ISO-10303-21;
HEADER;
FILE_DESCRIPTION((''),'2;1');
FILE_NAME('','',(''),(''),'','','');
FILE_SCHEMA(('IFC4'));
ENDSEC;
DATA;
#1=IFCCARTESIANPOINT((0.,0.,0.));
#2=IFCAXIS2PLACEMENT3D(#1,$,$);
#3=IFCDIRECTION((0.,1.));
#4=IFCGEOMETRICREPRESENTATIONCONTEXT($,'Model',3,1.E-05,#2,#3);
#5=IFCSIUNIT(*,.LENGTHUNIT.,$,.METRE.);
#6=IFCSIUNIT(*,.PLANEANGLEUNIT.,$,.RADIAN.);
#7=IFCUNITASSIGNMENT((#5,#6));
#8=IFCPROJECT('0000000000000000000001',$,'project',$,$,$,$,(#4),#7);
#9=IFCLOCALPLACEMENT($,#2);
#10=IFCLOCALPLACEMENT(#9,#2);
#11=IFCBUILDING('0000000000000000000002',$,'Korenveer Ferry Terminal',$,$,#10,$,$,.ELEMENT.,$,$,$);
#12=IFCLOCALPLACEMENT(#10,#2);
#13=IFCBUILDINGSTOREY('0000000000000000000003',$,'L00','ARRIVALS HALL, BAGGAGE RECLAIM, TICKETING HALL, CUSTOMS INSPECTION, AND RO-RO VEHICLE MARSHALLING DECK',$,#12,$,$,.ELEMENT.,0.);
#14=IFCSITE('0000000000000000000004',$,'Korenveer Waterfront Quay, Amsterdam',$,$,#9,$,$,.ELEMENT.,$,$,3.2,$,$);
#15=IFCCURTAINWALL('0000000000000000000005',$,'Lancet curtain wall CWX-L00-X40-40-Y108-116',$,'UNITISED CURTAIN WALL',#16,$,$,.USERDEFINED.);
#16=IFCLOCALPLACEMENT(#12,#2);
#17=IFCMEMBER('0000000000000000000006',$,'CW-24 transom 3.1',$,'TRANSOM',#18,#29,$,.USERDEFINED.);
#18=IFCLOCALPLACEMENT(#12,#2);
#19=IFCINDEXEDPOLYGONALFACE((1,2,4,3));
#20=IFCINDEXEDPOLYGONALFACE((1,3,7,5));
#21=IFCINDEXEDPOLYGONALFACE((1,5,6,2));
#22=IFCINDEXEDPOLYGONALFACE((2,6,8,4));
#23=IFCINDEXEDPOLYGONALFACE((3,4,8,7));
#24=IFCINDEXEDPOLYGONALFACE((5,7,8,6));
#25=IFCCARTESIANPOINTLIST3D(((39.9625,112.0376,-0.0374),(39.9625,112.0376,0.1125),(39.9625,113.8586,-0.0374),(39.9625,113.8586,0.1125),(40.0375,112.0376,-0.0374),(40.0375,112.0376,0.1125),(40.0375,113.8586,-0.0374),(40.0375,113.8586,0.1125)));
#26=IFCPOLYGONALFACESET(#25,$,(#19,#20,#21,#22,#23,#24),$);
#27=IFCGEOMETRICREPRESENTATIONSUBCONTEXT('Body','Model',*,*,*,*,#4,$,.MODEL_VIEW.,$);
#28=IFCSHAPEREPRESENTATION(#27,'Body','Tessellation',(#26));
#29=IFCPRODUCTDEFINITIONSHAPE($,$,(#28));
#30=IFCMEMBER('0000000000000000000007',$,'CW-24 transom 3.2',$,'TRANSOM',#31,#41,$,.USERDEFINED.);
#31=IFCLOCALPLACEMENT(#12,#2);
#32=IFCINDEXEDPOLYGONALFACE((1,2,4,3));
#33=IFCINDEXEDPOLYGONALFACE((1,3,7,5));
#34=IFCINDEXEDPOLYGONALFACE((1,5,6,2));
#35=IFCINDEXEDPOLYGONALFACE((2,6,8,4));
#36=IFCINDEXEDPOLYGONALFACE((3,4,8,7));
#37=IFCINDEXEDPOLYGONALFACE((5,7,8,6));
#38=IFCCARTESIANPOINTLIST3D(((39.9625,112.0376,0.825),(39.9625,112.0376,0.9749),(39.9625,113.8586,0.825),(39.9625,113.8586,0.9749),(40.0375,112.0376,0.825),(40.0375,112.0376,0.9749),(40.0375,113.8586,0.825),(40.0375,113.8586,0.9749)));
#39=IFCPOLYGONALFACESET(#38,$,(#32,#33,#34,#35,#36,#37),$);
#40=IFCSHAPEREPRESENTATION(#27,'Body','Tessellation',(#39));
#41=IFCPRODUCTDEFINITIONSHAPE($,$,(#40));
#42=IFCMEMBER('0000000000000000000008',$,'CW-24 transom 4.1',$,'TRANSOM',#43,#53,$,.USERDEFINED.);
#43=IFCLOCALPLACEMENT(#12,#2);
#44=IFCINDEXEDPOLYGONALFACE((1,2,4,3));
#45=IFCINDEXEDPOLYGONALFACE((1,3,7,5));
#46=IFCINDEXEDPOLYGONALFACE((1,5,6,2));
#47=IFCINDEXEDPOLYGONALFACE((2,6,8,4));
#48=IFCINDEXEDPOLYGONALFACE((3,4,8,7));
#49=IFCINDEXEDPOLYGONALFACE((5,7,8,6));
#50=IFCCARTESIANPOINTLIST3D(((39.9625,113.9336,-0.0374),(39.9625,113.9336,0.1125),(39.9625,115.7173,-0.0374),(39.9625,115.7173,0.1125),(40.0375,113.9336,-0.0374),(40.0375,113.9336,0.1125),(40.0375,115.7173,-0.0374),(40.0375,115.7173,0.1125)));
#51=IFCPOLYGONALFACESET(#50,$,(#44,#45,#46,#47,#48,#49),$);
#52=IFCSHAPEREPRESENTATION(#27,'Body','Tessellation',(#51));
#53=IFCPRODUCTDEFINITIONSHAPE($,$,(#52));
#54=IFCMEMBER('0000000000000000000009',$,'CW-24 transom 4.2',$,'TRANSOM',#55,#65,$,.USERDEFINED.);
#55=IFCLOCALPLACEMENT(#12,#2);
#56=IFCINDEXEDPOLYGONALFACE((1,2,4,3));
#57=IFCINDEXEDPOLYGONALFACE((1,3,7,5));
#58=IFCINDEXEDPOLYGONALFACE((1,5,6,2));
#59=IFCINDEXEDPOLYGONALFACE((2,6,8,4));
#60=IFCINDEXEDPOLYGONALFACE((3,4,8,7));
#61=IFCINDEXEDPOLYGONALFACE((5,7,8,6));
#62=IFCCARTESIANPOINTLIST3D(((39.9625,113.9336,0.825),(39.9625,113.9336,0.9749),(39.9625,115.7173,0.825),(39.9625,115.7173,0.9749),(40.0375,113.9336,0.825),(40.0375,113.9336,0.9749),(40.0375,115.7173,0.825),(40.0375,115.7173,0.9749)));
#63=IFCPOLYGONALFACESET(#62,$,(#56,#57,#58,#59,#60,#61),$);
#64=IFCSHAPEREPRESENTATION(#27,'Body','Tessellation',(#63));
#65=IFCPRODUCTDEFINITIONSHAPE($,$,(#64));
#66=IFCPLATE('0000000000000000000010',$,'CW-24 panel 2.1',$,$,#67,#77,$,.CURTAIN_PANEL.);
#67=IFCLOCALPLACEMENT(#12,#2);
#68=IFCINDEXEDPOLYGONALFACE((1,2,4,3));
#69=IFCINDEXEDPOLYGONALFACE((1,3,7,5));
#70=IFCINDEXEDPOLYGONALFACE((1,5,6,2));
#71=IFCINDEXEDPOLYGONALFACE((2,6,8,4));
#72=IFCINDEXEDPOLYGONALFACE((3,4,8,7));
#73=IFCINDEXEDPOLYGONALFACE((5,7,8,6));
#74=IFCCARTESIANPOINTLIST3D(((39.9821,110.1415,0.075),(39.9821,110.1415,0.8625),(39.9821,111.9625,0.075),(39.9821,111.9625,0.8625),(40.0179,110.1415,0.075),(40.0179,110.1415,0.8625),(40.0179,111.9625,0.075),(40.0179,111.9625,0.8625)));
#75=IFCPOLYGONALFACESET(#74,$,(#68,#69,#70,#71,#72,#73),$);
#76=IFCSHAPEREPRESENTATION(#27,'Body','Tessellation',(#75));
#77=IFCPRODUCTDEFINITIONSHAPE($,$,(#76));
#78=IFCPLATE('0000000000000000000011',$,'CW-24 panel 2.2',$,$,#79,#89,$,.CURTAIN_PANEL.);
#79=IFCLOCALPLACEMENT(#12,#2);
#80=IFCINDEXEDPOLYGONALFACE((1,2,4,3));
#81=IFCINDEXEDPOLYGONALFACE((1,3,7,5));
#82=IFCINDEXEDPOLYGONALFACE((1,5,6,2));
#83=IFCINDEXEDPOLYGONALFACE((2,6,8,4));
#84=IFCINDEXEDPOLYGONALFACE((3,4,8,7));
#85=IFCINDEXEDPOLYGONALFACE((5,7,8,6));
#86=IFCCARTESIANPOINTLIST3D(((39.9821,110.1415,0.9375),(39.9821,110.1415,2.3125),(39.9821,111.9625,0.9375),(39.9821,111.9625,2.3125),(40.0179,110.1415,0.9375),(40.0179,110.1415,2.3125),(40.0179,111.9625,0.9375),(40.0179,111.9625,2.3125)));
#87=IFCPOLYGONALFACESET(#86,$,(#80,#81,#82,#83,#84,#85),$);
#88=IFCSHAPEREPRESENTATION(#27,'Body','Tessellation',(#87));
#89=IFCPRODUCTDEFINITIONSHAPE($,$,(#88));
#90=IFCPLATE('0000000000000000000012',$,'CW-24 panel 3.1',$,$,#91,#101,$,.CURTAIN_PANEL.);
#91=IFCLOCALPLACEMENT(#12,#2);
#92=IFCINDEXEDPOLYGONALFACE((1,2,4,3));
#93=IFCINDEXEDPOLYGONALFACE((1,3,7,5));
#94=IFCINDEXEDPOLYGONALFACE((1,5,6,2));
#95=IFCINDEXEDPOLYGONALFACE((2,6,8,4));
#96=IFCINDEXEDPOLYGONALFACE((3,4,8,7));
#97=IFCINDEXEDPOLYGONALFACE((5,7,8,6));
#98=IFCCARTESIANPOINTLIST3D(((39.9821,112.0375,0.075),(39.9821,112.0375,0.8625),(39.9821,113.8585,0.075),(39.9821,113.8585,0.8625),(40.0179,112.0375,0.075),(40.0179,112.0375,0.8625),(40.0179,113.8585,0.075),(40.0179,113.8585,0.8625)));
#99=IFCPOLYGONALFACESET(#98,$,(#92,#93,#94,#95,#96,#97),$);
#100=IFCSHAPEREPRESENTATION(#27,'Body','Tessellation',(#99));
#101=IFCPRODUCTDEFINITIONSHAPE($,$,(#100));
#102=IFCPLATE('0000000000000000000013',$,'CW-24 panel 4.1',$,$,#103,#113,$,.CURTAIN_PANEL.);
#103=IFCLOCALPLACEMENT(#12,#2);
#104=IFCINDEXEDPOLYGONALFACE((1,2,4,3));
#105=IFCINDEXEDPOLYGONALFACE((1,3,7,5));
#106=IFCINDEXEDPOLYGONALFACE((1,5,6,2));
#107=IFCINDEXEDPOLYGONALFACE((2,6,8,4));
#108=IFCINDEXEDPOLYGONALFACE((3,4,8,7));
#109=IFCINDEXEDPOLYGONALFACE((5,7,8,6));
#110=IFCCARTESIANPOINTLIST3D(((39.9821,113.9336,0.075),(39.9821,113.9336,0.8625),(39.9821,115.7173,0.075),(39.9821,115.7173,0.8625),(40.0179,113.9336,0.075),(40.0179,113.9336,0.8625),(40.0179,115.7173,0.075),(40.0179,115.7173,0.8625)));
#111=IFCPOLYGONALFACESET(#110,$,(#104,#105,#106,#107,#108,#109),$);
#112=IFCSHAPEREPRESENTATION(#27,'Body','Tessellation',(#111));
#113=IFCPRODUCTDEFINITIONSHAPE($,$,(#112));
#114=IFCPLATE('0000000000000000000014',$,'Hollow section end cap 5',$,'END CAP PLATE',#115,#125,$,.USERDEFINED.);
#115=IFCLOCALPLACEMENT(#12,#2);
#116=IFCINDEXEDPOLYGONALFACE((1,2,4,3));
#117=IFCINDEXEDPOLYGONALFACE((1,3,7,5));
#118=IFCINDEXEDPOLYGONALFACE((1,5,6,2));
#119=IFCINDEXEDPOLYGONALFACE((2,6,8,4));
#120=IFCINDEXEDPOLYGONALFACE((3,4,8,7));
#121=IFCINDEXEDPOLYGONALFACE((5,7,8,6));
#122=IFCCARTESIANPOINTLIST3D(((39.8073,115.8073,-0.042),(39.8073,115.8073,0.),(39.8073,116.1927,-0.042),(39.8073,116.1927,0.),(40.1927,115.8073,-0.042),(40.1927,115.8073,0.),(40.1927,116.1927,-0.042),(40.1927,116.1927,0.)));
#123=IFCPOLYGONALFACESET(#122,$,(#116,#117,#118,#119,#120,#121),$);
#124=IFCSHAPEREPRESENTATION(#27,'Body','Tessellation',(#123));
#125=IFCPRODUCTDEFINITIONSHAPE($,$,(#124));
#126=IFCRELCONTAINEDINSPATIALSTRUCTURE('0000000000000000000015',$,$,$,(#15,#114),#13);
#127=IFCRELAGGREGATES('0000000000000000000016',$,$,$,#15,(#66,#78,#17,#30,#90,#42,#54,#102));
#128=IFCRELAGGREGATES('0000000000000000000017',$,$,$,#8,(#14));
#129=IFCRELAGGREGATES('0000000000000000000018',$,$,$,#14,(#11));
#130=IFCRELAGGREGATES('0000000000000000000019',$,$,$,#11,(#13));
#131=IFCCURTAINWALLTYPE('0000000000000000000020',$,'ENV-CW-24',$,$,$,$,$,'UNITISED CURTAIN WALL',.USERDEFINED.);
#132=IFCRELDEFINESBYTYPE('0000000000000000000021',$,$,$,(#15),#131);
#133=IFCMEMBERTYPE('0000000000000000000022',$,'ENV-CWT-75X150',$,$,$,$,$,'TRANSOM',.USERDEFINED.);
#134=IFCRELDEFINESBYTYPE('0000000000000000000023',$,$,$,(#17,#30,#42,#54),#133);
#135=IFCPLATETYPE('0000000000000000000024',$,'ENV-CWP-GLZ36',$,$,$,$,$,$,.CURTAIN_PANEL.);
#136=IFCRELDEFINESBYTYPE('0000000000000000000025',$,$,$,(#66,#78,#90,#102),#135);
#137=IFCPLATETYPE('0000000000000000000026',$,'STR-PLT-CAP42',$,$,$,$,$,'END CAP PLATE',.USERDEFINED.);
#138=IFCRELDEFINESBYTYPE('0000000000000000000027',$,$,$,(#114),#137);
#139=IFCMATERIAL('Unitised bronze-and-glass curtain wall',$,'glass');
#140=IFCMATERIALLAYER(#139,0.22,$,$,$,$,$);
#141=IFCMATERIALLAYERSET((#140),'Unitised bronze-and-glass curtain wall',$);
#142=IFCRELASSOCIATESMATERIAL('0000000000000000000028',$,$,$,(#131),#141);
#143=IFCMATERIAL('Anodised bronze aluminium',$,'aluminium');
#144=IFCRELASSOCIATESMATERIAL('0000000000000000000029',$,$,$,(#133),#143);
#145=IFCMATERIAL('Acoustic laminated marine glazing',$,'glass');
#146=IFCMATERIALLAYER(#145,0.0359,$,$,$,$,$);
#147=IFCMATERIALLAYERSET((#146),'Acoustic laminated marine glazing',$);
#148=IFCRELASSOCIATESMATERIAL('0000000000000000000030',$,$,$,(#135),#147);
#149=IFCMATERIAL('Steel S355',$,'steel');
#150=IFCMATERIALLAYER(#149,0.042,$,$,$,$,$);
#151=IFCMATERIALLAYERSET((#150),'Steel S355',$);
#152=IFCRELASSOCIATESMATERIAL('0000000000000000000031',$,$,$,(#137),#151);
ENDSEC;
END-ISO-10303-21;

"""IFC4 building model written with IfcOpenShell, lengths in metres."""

from ifc_helpers import new_model, si_unit, direction, frame, origin, origin_2d, place, context, subcontext, project, spatial, rectangle, extrude, material, layer, layer_set, material_profile, profile_set, type_object, element, aggregate, save


model = new_model("IFC4")

# Units and contexts
model_context = context("Model", 3, precision=1e-05, world=origin(), true_north=direction((0.0, 1.0)))
body_context = subcontext(model_context, "Body", "Model", "MODEL_VIEW")
ifc_project = project(units=[si_unit("LENGTHUNIT", "METRE"), si_unit("PLANEANGLEUNIT", "RADIAN")], contexts=[model_context])

# Site, building, storey
site_placement = place(None, origin())
site = spatial("IfcSite", under=ifc_project, at=site_placement, Name="Korenveer Waterfront Quay, Amsterdam", CompositionType="ELEMENT", RefElevation=3.2)
building_placement = place(site_placement, origin())
building = spatial("IfcBuilding", under=site, at=building_placement, Name="Korenveer Ferry Terminal", CompositionType="ELEMENT")
storey_placement = place(building_placement, origin())
storey = spatial("IfcBuildingStorey", under=building, at=storey_placement, Name="L00", Description="ARRIVALS HALL, BAGGAGE RECLAIM, TICKETING HALL, CUSTOMS INSPECTION, AND RO-RO VEHICLE MARSHALLING DECK", CompositionType="ELEMENT", Elevation=0.0)

# Shared definitions
ifc_material_1 = material(Name="Steel S355", Category="steel")

# Shared definitions
ifc_material_2 = material(Name="Unitised bronze-and-glass curtain wall", Category="glass")
ifc_material_3 = material(Name="Anodised bronze aluminium", Category="aluminium")

# Curtain wall
ifc_layer_1 = layer(ifc_material_2, 0.22)
ifc_layer_set_1 = layer_set([ifc_layer_1], Name="Unitised bronze-and-glass curtain wall")
curtain_wall_type_1 = type_object("IfcCurtainWallType", Name="ENV-CW-24", ElementType="UNITISED CURTAIN WALL", PredefinedType="USERDEFINED", material=ifc_layer_set_1)
curtain_wall_1_placement = place(storey_placement, frame((40.0, 108.2078, 0.0)))
curtain_wall_1 = element("IfcCurtainWall", 1, at=curtain_wall_1_placement, inside=storey, type_object=curtain_wall_type_1, Name="Lancet curtain wall CWX-L00-X40-40-Y108-116", ObjectType="UNITISED CURTAIN WALL", PredefinedType="USERDEFINED")

# Members
ifc_material_profile_1 = material_profile(ifc_material_3, rectangle(XDim=0.075, YDim=0.1499, at=origin_2d()), Name="ALU 75x150")
ifc_profile_set_1 = profile_set([ifc_material_profile_1], Name="Anodised bronze aluminium")
member_type_1 = type_object("IfcMemberType", Name="ENV-CWT-75X150", ElementType="TRANSOM", PredefinedType="USERDEFINED", material=ifc_profile_set_1)
member_1_placement = place(storey_placement, frame((40.0, 112.0376, 0.0376), z_axis=(0.0, 1.0, 0.0), x_axis=(-1.0, 0.0, 0.0)))
member_1 = element("IfcMember", 2, at=member_1_placement, type_object=member_type_1, Name="CW-24 transom 3.1", ObjectType="TRANSOM", PredefinedType="USERDEFINED", context=body_context, shape_type="SweptSolid", body=[
    extrude(rectangle(XDim=0.075, YDim=0.1499, at=origin_2d()), origin(), (0.0, 0.0, 1.0), 1.821),
])
member_2_placement = place(storey_placement, frame((40.0, 112.0376, 0.8999), z_axis=(0.0, 1.0, 0.0), x_axis=(-1.0, 0.0, 0.0)))
member_2 = element("IfcMember", 3, at=member_2_placement, type_object=member_type_1, Name="CW-24 transom 3.2", ObjectType="TRANSOM", PredefinedType="USERDEFINED", context=body_context, shape_type="SweptSolid", body=[
    extrude(rectangle(XDim=0.075, YDim=0.1499, at=origin_2d()), origin(), (0.0, 0.0, 1.0), 1.821),
])
member_3_placement = place(storey_placement, frame((40.0, 113.9336, 0.0376), z_axis=(0.0, 1.0, 0.0), x_axis=(-1.0, 0.0, 0.0)))
member_3 = element("IfcMember", 4, at=member_3_placement, type_object=member_type_1, Name="CW-24 transom 4.1", ObjectType="TRANSOM", PredefinedType="USERDEFINED", context=body_context, shape_type="SweptSolid", body=[
    extrude(rectangle(XDim=0.075, YDim=0.1499, at=origin_2d()), origin(), (0.0, 0.0, 1.0), 1.7837),
])
member_4_placement = place(storey_placement, frame((40.0, 113.9336, 0.8999), z_axis=(0.0, 1.0, 0.0), x_axis=(-1.0, 0.0, 0.0)))
member_4 = element("IfcMember", 5, at=member_4_placement, type_object=member_type_1, Name="CW-24 transom 4.2", ObjectType="TRANSOM", PredefinedType="USERDEFINED", context=body_context, shape_type="SweptSolid", body=[
    extrude(rectangle(XDim=0.075, YDim=0.1499, at=origin_2d()), origin(), (0.0, 0.0, 1.0), 1.7837),
])

# Plates
ifc_material_4 = material(Name="Acoustic laminated marine glazing", Category="glass")
ifc_layer_2 = layer(ifc_material_4, 0.0359)
ifc_layer_set_2 = layer_set([ifc_layer_2], Name="Acoustic laminated marine glazing")
plate_type_1 = type_object("IfcPlateType", Name="ENV-CWP-GLZ36", PredefinedType="CURTAIN_PANEL", material=ifc_layer_set_2)
plate_1_placement = place(storey_placement, frame((40.0, 111.052, 0.075), z_axis=(0.0, 0.0, 1.0), x_axis=(0.0, 1.0, 0.0)))
plate_1 = element("IfcPlate", 6, at=plate_1_placement, type_object=plate_type_1, Name="CW-24 panel 2.1", PredefinedType="CURTAIN_PANEL", context=body_context, shape_type="SweptSolid", body=[
    extrude(rectangle(XDim=1.821, YDim=0.0359, at=origin_2d()), origin(), (0.0, 0.0, 1.0), 0.7876),
])
plate_2_placement = place(storey_placement, frame((40.0, 111.052, 0.9375), z_axis=(0.0, 0.0, 1.0), x_axis=(0.0, 1.0, 0.0)))
plate_2 = element("IfcPlate", 7, at=plate_2_placement, type_object=plate_type_1, Name="CW-24 panel 2.2", PredefinedType="CURTAIN_PANEL", context=body_context, shape_type="SweptSolid", body=[
    extrude(rectangle(XDim=1.821, YDim=0.0359, at=origin_2d()), origin(), (0.0, 0.0, 1.0), 1.375),
])
plate_3_placement = place(storey_placement, frame((40.0, 112.948, 0.075), z_axis=(0.0, 0.0, 1.0), x_axis=(0.0, 1.0, 0.0)))
plate_3 = element("IfcPlate", 8, at=plate_3_placement, type_object=plate_type_1, Name="CW-24 panel 3.1", PredefinedType="CURTAIN_PANEL", context=body_context, shape_type="SweptSolid", body=[
    extrude(rectangle(XDim=1.821, YDim=0.0359, at=origin_2d()), origin(), (0.0, 0.0, 1.0), 0.7876),
])
plate_4_placement = place(storey_placement, frame((40.0, 114.8254, 0.075), z_axis=(0.0, 0.0, 1.0), x_axis=(0.0, 1.0, 0.0)))
plate_4 = element("IfcPlate", 9, at=plate_4_placement, type_object=plate_type_1, Name="CW-24 panel 4.1", PredefinedType="CURTAIN_PANEL", context=body_context, shape_type="SweptSolid", body=[
    extrude(rectangle(XDim=1.7837, YDim=0.0359, at=origin_2d()), origin(), (0.0, 0.0, 1.0), 0.7876),
])
aggregate(curtain_wall_1, [plate_1, plate_2, member_1, member_2, plate_3, member_3, member_4, plate_4])
ifc_layer_3 = layer(ifc_material_1, 0.042)
ifc_layer_set_3 = layer_set([ifc_layer_3], Name="Steel S355")
plate_type_2 = type_object("IfcPlateType", Name="STR-PLT-CAP42", ElementType="END CAP PLATE", PredefinedType="USERDEFINED", material=ifc_layer_set_3)
plate_5_placement = place(storey_placement, frame((40.0, 116.0, -0.042), z_axis=(0.0, 0.0, 1.0), x_axis=(1.0, 0.0, 0.0)))
element("IfcPlate", 10, at=plate_5_placement, inside=storey, type_object=plate_type_2, Name="Hollow section end cap 5", ObjectType="END CAP PLATE", PredefinedType="USERDEFINED", context=body_context, shape_type="SweptSolid", body=[
    extrude(rectangle(XDim=0.3855, YDim=0.3855, at=origin_2d()), origin(), (0.0, 0.0, 1.0), 0.042),
])

save(model, "model.ifc")
